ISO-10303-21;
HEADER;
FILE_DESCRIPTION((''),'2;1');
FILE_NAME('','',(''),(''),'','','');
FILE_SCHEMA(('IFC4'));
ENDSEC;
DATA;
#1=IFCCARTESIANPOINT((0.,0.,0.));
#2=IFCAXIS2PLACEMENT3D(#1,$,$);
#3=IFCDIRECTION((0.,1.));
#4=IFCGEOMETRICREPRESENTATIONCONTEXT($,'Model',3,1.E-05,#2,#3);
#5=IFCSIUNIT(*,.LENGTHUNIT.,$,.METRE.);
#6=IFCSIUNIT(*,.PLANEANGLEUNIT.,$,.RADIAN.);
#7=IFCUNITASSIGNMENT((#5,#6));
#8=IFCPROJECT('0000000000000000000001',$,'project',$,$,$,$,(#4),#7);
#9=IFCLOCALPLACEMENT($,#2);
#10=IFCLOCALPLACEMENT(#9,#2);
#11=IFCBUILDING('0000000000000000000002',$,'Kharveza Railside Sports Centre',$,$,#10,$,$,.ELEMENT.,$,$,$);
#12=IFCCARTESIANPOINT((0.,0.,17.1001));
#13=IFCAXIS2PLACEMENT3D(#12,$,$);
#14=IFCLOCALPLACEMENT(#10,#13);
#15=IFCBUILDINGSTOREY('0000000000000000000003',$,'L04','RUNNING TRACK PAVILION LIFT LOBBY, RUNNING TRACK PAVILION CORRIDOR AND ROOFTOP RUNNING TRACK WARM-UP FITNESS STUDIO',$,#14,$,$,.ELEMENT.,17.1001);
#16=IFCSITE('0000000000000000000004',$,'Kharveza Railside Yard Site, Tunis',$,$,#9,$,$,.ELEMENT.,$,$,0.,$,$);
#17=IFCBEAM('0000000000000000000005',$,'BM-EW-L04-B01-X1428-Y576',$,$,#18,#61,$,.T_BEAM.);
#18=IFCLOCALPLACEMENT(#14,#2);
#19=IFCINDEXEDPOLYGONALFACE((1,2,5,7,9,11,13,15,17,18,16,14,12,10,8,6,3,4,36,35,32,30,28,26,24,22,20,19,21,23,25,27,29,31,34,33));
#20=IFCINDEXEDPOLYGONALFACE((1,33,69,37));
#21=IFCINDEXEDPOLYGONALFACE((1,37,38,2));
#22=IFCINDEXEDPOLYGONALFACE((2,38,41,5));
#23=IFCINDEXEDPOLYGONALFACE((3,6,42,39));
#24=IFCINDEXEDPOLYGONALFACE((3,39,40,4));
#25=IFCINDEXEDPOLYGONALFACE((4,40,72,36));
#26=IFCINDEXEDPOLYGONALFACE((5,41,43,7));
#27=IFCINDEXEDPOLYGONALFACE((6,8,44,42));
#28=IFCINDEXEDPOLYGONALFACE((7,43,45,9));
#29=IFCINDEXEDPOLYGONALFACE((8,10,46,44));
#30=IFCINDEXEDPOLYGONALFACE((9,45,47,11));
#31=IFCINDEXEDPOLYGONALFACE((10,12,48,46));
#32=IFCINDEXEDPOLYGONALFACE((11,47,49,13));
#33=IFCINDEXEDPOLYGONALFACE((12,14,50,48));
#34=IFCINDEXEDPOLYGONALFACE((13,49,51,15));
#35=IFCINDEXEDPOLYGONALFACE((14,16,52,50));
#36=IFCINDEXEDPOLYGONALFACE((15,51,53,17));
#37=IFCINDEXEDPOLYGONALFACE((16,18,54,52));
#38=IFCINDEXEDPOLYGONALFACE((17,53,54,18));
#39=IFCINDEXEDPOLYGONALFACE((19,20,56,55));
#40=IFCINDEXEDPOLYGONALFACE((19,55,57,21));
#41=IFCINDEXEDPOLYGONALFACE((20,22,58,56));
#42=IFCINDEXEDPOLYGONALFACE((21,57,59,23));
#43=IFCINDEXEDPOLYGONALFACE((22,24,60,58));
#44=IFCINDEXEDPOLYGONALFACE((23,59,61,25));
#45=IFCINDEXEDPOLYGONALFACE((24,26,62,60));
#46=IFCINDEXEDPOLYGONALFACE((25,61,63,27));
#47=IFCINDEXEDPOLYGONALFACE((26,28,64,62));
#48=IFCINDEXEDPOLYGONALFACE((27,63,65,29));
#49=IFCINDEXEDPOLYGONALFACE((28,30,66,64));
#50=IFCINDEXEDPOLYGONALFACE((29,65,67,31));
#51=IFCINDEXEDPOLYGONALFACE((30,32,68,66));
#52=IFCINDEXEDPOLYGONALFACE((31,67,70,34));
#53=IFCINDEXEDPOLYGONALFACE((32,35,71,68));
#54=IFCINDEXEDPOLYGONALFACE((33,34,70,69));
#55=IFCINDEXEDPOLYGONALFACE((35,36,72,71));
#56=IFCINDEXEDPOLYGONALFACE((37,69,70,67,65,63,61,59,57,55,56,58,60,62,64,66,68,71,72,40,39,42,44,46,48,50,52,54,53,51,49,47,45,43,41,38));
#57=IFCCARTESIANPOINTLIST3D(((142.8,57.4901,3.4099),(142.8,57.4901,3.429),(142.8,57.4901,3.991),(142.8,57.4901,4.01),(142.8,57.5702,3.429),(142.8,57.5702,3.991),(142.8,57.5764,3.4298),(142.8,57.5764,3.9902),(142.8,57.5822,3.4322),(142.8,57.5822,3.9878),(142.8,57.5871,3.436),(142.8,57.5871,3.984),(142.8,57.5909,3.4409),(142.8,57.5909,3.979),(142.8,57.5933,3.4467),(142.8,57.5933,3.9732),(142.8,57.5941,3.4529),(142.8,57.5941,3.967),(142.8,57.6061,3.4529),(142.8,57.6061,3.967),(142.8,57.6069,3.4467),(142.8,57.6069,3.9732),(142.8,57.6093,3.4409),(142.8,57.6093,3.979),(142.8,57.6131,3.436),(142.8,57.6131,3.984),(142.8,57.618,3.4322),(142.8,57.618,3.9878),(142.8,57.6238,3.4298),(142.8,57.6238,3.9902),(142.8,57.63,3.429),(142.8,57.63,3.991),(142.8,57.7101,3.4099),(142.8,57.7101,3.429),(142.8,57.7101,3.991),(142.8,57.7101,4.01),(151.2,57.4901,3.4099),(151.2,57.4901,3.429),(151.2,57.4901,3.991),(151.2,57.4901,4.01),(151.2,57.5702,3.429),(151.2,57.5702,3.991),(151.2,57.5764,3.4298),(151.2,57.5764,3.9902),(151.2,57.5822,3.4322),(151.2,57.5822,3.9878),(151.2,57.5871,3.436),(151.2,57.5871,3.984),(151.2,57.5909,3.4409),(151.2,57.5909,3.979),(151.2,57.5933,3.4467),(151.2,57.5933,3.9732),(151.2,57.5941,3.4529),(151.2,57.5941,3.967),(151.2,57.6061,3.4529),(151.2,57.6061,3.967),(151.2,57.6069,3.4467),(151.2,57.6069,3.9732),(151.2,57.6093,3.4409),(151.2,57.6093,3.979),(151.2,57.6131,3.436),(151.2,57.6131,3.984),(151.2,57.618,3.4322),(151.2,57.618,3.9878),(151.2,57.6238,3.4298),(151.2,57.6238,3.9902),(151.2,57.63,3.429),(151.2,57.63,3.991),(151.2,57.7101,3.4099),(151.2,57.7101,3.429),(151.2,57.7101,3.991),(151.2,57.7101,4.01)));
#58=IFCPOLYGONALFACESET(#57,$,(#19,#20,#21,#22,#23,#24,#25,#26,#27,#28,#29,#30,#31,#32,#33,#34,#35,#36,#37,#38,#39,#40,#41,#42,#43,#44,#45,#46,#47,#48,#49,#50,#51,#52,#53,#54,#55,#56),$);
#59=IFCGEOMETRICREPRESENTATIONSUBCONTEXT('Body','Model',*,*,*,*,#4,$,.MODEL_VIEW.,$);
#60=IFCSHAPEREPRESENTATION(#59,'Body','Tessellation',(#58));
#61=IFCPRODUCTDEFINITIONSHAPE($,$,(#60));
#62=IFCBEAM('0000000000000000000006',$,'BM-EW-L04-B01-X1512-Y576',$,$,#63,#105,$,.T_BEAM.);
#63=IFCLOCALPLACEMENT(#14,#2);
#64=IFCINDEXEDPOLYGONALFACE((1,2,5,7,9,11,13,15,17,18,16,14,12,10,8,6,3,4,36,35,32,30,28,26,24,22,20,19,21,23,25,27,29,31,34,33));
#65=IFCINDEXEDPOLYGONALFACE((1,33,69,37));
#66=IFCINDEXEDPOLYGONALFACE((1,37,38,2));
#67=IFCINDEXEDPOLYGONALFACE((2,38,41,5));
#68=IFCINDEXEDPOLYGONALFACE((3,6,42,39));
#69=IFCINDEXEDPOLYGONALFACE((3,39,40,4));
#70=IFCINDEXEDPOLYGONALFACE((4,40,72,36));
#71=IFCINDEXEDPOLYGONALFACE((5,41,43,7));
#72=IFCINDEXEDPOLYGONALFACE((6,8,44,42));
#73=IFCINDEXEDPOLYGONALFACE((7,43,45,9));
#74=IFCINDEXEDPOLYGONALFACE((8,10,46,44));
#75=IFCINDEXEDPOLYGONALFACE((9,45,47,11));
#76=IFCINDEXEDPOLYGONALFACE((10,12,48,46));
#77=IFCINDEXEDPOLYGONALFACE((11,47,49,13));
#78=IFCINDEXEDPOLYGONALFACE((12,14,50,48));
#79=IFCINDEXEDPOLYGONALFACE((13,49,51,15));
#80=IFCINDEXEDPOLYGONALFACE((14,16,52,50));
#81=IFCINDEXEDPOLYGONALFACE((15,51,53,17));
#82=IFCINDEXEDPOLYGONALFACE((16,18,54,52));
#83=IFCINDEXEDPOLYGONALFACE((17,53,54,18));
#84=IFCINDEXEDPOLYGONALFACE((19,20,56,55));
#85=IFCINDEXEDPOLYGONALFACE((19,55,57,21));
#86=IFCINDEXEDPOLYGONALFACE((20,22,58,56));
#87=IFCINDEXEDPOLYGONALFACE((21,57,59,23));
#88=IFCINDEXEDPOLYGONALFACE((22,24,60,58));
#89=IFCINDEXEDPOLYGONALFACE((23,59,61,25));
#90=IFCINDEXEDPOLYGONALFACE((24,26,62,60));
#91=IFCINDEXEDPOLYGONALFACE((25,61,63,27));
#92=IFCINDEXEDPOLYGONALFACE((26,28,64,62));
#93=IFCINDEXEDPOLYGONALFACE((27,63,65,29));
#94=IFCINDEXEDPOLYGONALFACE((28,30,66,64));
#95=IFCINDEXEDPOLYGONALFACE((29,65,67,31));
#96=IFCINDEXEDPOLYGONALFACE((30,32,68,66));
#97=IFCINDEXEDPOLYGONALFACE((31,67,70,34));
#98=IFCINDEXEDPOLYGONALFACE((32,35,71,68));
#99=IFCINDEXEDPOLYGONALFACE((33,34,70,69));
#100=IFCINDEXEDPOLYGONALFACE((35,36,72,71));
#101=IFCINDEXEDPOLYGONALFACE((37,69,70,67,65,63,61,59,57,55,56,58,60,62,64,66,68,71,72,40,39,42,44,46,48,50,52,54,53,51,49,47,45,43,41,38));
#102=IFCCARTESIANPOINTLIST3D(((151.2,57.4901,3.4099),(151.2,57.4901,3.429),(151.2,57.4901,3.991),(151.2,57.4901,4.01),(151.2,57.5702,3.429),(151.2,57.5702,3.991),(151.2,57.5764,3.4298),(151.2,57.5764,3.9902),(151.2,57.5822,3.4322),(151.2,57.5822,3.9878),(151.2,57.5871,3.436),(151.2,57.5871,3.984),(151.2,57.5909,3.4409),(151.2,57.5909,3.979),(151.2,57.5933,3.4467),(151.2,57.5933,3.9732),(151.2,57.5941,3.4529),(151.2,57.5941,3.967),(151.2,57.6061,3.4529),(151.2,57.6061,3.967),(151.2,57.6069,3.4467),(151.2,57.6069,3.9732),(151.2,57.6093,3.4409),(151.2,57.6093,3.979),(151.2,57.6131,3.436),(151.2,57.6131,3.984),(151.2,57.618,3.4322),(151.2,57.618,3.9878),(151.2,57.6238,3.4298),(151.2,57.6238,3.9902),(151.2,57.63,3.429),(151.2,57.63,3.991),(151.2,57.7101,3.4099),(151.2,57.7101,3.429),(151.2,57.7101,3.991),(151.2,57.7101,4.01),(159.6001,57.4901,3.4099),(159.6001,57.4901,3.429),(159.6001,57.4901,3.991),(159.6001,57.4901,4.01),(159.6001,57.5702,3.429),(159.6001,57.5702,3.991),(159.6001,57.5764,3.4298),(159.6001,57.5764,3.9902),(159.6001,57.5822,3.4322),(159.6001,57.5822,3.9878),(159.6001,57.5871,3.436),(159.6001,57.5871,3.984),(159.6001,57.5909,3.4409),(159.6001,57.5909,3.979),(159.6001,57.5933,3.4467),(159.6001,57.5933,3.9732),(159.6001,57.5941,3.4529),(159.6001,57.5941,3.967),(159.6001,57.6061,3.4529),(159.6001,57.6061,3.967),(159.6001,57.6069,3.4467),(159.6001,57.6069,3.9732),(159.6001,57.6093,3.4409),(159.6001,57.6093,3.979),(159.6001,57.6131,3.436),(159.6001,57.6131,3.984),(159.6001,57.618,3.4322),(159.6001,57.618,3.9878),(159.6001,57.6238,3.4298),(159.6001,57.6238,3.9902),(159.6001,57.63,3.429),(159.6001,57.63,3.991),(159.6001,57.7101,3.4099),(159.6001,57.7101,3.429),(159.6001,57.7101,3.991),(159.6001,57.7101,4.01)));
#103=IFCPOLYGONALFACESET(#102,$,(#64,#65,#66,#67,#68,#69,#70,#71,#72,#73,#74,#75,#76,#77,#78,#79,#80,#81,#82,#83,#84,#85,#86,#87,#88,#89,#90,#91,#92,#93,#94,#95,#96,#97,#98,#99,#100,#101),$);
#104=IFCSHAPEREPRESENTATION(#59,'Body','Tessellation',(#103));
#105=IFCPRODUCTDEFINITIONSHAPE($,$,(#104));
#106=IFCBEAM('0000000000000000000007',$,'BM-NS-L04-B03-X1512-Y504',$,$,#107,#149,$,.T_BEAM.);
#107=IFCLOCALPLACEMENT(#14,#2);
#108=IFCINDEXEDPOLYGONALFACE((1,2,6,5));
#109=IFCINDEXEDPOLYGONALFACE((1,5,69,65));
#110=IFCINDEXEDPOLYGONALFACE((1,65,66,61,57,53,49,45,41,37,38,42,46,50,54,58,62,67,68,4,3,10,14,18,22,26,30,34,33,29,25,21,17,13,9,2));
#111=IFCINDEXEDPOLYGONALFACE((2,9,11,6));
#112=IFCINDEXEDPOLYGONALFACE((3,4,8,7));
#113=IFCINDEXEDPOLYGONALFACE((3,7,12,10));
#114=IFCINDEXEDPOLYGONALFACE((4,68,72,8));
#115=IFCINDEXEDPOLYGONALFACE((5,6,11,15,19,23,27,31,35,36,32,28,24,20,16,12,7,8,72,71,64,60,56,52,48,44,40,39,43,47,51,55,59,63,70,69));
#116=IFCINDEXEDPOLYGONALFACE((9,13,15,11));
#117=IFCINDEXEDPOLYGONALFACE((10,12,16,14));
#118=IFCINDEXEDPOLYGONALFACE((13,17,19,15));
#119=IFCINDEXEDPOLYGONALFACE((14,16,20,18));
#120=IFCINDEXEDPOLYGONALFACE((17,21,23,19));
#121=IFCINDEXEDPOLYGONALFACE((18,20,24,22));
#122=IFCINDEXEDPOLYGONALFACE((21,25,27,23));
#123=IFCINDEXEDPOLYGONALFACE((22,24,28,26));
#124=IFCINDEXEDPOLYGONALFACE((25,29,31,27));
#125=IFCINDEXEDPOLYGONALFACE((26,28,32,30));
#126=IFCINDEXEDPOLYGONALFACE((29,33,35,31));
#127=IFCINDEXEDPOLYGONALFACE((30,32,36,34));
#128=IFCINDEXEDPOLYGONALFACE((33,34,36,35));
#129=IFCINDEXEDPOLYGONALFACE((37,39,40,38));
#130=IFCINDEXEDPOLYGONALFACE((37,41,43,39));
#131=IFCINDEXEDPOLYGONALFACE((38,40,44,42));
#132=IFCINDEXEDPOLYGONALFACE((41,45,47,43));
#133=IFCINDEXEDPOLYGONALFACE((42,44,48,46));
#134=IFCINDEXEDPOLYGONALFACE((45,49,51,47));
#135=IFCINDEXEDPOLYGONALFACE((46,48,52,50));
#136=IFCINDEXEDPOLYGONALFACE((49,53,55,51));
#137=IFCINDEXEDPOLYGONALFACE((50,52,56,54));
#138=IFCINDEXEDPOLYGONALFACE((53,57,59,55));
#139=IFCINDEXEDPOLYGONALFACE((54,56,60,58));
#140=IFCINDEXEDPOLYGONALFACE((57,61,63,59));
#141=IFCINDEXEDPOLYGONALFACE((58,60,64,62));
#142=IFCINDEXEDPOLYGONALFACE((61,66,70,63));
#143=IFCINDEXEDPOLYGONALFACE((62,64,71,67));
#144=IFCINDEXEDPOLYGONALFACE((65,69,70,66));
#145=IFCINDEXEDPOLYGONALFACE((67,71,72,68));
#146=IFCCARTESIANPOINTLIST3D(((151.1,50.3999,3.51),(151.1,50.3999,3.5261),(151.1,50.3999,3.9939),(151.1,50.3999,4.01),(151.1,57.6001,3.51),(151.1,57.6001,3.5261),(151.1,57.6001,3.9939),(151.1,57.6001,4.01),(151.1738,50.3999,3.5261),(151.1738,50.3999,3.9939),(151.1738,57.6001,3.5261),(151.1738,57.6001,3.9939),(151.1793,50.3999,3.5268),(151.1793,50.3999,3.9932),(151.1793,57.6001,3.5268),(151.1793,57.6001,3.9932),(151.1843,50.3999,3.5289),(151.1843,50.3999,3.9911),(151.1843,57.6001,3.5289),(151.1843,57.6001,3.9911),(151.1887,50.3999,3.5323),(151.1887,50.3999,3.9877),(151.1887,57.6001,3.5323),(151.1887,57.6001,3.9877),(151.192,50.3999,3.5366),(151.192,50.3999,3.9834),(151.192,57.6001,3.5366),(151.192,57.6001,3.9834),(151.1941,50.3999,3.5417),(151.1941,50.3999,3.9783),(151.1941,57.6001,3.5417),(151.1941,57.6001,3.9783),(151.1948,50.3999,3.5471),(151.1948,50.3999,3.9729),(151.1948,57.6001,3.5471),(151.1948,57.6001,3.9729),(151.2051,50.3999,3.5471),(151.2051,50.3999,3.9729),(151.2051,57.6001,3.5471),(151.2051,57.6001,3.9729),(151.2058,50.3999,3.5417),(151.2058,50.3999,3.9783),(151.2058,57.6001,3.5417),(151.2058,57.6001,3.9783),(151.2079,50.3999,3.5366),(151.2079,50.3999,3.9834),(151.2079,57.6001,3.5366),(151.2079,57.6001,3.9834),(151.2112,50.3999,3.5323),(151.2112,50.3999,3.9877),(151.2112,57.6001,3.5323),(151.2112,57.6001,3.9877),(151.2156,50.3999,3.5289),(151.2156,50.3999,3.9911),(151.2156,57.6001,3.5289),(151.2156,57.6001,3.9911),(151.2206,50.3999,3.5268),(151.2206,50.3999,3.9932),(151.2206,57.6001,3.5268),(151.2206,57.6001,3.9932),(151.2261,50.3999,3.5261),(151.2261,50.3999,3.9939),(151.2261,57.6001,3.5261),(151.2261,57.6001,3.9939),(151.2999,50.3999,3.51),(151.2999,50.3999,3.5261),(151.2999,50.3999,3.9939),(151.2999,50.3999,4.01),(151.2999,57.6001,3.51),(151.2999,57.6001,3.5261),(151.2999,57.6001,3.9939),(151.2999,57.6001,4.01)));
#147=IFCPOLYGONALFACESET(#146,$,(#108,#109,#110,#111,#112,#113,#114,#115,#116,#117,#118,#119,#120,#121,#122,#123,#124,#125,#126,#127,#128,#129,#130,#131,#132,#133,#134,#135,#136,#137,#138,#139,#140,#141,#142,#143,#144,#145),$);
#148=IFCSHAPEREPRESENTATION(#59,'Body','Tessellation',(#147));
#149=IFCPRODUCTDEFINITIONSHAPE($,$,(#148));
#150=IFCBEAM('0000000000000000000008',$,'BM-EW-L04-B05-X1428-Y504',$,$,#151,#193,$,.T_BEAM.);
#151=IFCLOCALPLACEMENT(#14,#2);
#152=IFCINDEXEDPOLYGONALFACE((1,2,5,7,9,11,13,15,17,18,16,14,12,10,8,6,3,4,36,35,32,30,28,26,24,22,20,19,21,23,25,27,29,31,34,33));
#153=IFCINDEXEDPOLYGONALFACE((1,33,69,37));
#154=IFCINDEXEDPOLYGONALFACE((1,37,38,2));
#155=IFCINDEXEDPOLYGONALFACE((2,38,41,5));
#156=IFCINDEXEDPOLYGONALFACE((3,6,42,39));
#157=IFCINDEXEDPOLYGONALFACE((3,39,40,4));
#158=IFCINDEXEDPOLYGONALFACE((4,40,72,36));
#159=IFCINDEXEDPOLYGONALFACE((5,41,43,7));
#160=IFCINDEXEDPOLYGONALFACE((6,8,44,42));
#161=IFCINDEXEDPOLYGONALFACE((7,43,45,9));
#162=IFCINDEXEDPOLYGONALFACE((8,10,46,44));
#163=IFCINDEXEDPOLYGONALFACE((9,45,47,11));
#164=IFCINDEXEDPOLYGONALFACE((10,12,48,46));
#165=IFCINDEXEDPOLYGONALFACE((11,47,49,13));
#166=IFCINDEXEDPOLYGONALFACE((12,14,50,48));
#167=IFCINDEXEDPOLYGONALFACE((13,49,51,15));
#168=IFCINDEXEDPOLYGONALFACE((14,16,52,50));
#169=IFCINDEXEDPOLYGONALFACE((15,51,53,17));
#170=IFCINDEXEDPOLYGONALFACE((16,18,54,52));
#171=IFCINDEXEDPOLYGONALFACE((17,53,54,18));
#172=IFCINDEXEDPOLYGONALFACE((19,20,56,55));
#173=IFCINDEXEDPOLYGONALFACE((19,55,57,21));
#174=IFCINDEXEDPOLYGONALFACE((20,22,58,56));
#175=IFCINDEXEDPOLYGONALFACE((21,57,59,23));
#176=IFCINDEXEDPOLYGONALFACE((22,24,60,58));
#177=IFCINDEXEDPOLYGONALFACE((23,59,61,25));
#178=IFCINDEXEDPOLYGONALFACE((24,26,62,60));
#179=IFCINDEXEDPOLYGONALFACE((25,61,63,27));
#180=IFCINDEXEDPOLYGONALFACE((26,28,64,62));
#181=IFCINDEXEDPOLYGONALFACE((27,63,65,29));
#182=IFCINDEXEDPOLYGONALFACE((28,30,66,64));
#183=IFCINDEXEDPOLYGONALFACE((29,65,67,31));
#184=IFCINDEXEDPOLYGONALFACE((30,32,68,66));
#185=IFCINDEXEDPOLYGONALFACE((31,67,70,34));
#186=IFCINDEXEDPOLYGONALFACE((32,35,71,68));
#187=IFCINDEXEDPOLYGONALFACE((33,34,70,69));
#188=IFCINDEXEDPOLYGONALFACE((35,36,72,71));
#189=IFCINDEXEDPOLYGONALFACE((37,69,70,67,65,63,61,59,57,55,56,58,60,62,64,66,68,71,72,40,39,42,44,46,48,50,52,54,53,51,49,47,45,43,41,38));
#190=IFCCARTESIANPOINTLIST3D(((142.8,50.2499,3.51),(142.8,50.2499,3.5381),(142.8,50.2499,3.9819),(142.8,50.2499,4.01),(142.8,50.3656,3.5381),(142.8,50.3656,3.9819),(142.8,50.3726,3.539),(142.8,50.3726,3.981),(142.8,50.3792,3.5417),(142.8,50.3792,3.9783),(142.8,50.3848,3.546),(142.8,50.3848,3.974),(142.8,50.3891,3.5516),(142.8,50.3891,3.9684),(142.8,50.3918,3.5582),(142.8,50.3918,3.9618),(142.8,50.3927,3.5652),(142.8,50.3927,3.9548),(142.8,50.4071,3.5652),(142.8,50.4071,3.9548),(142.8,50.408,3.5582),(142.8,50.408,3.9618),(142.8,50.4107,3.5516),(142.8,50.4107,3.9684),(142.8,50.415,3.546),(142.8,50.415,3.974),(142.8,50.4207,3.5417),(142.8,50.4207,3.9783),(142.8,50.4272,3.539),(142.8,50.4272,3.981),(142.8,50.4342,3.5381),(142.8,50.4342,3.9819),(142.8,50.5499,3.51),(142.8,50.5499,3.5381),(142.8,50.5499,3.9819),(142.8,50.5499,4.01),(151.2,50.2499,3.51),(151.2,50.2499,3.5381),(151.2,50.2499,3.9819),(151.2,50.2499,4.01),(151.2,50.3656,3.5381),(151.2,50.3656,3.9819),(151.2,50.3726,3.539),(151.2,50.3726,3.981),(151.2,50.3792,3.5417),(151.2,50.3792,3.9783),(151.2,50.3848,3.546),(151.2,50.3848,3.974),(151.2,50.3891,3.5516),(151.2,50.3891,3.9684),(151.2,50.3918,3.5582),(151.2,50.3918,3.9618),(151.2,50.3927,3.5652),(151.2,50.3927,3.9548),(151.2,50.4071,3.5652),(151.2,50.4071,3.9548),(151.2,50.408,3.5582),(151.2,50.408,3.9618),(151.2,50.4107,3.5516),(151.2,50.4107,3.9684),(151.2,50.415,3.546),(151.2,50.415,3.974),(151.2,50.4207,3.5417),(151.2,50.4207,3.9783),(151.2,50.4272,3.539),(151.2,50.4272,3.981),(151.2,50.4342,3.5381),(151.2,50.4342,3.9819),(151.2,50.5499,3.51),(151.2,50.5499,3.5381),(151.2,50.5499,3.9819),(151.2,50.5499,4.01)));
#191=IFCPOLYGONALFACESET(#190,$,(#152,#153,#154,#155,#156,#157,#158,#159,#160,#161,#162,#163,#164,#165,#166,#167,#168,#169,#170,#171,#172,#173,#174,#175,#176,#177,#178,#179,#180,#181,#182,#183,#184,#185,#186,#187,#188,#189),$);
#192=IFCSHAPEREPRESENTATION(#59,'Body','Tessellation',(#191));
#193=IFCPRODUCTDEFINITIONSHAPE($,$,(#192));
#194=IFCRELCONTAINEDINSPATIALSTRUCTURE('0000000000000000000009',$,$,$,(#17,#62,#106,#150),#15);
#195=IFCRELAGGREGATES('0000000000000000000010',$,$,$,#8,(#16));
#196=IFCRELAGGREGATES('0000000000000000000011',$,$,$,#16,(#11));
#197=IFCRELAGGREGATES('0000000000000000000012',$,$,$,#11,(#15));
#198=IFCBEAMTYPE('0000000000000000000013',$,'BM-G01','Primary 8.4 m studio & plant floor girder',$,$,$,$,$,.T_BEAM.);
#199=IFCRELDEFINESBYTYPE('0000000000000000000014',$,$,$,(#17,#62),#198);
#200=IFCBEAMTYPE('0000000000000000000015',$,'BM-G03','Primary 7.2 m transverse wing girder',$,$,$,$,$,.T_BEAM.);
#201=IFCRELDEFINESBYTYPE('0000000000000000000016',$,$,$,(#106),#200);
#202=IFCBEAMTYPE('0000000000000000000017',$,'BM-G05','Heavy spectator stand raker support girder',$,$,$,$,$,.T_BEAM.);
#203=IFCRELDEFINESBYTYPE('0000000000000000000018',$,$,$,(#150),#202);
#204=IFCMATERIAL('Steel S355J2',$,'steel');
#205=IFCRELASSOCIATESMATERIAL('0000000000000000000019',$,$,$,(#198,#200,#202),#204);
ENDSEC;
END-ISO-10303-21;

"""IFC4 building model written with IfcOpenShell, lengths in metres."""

from ifc_helpers import new_model, si_unit, direction, frame, origin, origin_2d, place, context, subcontext, project, spatial, i_section, extrude, material, material_profile, profile_set, type_object, element, save


model = new_model("IFC4")

# Units and contexts
model_context = context("Model", 3, precision=1e-05, world=origin(), true_north=direction((0.0, 1.0)))
body_context = subcontext(model_context, "Body", "Model", "MODEL_VIEW")
ifc_project = project(units=[si_unit("LENGTHUNIT", "METRE"), si_unit("PLANEANGLEUNIT", "RADIAN")], contexts=[model_context])

# Site, building, storey
site_placement = place(None, origin())
site = spatial("IfcSite", under=ifc_project, at=site_placement, Name="Kharveza Railside Yard Site, Tunis", CompositionType="ELEMENT", RefElevation=0.0)
building_placement = place(site_placement, origin())
building = spatial("IfcBuilding", under=site, at=building_placement, Name="Kharveza Railside Sports Centre", CompositionType="ELEMENT")
storey_placement = place(building_placement, frame((0.0, 0.0, 17.1001)))
storey = spatial("IfcBuildingStorey", under=building, at=storey_placement, Name="L04", Description="RUNNING TRACK PAVILION LIFT LOBBY, RUNNING TRACK PAVILION CORRIDOR AND ROOFTOP RUNNING TRACK WARM-UP FITNESS STUDIO", CompositionType="ELEMENT", Elevation=17.1001)

# Shared definitions
ifc_material_1 = material(Name="Steel S355J2", Category="steel")

# Beams
ifc_material_profile_1 = material_profile(ifc_material_1, i_section(OverallWidth=0.22, OverallDepth=0.6001, WebThickness=0.012, FlangeThickness=0.019, FilletRadius=0.0239, at=origin_2d()), Name="IPE 600")
ifc_profile_set_1 = profile_set([ifc_material_profile_1], Name="Steel S355J2")
beam_type_1 = type_object("IfcBeamType", Name="BM-G01", Description="Primary 8.4 m studio & plant floor girder", PredefinedType="T_BEAM", material=ifc_profile_set_1)
beam_1_placement = place(storey_placement, frame((142.8, 57.6001, 3.71), z_axis=(1.0, 0.0, 0.0), x_axis=(0.0, 1.0, 0.0)))
element("IfcBeam", 1, at=beam_1_placement, inside=storey, type_object=beam_type_1, Name="BM-EW-L04-B01-X1428-Y576", PredefinedType="T_BEAM", context=body_context, shape_type="SweptSolid", body=[
    extrude(i_section(OverallWidth=0.22, OverallDepth=0.6001, WebThickness=0.012, FlangeThickness=0.019, FilletRadius=0.0239, at=origin_2d()), origin(), (0.0, 0.0, 1.0), 8.3999),
])
beam_2_placement = place(storey_placement, frame((151.2, 57.6001, 3.71), z_axis=(1.0, 0.0, 0.0), x_axis=(0.0, 1.0, 0.0)))
element("IfcBeam", 2, at=beam_2_placement, inside=storey, type_object=beam_type_1, Name="BM-EW-L04-B01-X1512-Y576", PredefinedType="T_BEAM", context=body_context, shape_type="SweptSolid", body=[
    extrude(i_section(OverallWidth=0.22, OverallDepth=0.6001, WebThickness=0.012, FlangeThickness=0.019, FilletRadius=0.0239, at=origin_2d()), origin(), (0.0, 0.0, 1.0), 8.4001),
])
ifc_material_profile_2 = material_profile(ifc_material_1, i_section(OverallWidth=0.2, OverallDepth=0.5, WebThickness=0.0103, FlangeThickness=0.0161, FilletRadius=0.021, at=origin_2d()), Name="IPE 500")
ifc_profile_set_2 = profile_set([ifc_material_profile_2], Name="Steel S355J2")
beam_type_2 = type_object("IfcBeamType", Name="BM-G03", Description="Primary 7.2 m transverse wing girder", PredefinedType="T_BEAM", material=ifc_profile_set_2)
beam_3_placement = place(storey_placement, frame((151.2, 50.3999, 3.76), z_axis=(0.0, 1.0, 0.0), x_axis=(-1.0, 0.0, 0.0)))
element("IfcBeam", 3, at=beam_3_placement, inside=storey, type_object=beam_type_2, Name="BM-NS-L04-B03-X1512-Y504", PredefinedType="T_BEAM", context=body_context, shape_type="SweptSolid", body=[
    extrude(i_section(OverallWidth=0.2, OverallDepth=0.5, WebThickness=0.0103, FlangeThickness=0.0161, FilletRadius=0.021, at=origin_2d()), origin(), (0.0, 0.0, 1.0), 7.2002),
])
ifc_material_profile_3 = material_profile(ifc_material_1, i_section(OverallWidth=0.3, OverallDepth=0.5, WebThickness=0.0144, FlangeThickness=0.0281, FilletRadius=0.0271, at=origin_2d()), Name="HEB 500")
ifc_profile_set_3 = profile_set([ifc_material_profile_3], Name="Steel S355J2")
beam_type_3 = type_object("IfcBeamType", Name="BM-G05", Description="Heavy spectator stand raker support girder", PredefinedType="T_BEAM", material=ifc_profile_set_3)
beam_4_placement = place(storey_placement, frame((142.8, 50.3999, 3.76), z_axis=(1.0, 0.0, 0.0), x_axis=(0.0, 1.0, 0.0)))
element("IfcBeam", 4, at=beam_4_placement, inside=storey, type_object=beam_type_3, Name="BM-EW-L04-B05-X1428-Y504", PredefinedType="T_BEAM", context=body_context, shape_type="SweptSolid", body=[
    extrude(i_section(OverallWidth=0.3, OverallDepth=0.5, WebThickness=0.0144, FlangeThickness=0.0281, FilletRadius=0.0271, at=origin_2d()), origin(), (0.0, 0.0, 1.0), 8.3999),
])

save(model, "model.ifc")
